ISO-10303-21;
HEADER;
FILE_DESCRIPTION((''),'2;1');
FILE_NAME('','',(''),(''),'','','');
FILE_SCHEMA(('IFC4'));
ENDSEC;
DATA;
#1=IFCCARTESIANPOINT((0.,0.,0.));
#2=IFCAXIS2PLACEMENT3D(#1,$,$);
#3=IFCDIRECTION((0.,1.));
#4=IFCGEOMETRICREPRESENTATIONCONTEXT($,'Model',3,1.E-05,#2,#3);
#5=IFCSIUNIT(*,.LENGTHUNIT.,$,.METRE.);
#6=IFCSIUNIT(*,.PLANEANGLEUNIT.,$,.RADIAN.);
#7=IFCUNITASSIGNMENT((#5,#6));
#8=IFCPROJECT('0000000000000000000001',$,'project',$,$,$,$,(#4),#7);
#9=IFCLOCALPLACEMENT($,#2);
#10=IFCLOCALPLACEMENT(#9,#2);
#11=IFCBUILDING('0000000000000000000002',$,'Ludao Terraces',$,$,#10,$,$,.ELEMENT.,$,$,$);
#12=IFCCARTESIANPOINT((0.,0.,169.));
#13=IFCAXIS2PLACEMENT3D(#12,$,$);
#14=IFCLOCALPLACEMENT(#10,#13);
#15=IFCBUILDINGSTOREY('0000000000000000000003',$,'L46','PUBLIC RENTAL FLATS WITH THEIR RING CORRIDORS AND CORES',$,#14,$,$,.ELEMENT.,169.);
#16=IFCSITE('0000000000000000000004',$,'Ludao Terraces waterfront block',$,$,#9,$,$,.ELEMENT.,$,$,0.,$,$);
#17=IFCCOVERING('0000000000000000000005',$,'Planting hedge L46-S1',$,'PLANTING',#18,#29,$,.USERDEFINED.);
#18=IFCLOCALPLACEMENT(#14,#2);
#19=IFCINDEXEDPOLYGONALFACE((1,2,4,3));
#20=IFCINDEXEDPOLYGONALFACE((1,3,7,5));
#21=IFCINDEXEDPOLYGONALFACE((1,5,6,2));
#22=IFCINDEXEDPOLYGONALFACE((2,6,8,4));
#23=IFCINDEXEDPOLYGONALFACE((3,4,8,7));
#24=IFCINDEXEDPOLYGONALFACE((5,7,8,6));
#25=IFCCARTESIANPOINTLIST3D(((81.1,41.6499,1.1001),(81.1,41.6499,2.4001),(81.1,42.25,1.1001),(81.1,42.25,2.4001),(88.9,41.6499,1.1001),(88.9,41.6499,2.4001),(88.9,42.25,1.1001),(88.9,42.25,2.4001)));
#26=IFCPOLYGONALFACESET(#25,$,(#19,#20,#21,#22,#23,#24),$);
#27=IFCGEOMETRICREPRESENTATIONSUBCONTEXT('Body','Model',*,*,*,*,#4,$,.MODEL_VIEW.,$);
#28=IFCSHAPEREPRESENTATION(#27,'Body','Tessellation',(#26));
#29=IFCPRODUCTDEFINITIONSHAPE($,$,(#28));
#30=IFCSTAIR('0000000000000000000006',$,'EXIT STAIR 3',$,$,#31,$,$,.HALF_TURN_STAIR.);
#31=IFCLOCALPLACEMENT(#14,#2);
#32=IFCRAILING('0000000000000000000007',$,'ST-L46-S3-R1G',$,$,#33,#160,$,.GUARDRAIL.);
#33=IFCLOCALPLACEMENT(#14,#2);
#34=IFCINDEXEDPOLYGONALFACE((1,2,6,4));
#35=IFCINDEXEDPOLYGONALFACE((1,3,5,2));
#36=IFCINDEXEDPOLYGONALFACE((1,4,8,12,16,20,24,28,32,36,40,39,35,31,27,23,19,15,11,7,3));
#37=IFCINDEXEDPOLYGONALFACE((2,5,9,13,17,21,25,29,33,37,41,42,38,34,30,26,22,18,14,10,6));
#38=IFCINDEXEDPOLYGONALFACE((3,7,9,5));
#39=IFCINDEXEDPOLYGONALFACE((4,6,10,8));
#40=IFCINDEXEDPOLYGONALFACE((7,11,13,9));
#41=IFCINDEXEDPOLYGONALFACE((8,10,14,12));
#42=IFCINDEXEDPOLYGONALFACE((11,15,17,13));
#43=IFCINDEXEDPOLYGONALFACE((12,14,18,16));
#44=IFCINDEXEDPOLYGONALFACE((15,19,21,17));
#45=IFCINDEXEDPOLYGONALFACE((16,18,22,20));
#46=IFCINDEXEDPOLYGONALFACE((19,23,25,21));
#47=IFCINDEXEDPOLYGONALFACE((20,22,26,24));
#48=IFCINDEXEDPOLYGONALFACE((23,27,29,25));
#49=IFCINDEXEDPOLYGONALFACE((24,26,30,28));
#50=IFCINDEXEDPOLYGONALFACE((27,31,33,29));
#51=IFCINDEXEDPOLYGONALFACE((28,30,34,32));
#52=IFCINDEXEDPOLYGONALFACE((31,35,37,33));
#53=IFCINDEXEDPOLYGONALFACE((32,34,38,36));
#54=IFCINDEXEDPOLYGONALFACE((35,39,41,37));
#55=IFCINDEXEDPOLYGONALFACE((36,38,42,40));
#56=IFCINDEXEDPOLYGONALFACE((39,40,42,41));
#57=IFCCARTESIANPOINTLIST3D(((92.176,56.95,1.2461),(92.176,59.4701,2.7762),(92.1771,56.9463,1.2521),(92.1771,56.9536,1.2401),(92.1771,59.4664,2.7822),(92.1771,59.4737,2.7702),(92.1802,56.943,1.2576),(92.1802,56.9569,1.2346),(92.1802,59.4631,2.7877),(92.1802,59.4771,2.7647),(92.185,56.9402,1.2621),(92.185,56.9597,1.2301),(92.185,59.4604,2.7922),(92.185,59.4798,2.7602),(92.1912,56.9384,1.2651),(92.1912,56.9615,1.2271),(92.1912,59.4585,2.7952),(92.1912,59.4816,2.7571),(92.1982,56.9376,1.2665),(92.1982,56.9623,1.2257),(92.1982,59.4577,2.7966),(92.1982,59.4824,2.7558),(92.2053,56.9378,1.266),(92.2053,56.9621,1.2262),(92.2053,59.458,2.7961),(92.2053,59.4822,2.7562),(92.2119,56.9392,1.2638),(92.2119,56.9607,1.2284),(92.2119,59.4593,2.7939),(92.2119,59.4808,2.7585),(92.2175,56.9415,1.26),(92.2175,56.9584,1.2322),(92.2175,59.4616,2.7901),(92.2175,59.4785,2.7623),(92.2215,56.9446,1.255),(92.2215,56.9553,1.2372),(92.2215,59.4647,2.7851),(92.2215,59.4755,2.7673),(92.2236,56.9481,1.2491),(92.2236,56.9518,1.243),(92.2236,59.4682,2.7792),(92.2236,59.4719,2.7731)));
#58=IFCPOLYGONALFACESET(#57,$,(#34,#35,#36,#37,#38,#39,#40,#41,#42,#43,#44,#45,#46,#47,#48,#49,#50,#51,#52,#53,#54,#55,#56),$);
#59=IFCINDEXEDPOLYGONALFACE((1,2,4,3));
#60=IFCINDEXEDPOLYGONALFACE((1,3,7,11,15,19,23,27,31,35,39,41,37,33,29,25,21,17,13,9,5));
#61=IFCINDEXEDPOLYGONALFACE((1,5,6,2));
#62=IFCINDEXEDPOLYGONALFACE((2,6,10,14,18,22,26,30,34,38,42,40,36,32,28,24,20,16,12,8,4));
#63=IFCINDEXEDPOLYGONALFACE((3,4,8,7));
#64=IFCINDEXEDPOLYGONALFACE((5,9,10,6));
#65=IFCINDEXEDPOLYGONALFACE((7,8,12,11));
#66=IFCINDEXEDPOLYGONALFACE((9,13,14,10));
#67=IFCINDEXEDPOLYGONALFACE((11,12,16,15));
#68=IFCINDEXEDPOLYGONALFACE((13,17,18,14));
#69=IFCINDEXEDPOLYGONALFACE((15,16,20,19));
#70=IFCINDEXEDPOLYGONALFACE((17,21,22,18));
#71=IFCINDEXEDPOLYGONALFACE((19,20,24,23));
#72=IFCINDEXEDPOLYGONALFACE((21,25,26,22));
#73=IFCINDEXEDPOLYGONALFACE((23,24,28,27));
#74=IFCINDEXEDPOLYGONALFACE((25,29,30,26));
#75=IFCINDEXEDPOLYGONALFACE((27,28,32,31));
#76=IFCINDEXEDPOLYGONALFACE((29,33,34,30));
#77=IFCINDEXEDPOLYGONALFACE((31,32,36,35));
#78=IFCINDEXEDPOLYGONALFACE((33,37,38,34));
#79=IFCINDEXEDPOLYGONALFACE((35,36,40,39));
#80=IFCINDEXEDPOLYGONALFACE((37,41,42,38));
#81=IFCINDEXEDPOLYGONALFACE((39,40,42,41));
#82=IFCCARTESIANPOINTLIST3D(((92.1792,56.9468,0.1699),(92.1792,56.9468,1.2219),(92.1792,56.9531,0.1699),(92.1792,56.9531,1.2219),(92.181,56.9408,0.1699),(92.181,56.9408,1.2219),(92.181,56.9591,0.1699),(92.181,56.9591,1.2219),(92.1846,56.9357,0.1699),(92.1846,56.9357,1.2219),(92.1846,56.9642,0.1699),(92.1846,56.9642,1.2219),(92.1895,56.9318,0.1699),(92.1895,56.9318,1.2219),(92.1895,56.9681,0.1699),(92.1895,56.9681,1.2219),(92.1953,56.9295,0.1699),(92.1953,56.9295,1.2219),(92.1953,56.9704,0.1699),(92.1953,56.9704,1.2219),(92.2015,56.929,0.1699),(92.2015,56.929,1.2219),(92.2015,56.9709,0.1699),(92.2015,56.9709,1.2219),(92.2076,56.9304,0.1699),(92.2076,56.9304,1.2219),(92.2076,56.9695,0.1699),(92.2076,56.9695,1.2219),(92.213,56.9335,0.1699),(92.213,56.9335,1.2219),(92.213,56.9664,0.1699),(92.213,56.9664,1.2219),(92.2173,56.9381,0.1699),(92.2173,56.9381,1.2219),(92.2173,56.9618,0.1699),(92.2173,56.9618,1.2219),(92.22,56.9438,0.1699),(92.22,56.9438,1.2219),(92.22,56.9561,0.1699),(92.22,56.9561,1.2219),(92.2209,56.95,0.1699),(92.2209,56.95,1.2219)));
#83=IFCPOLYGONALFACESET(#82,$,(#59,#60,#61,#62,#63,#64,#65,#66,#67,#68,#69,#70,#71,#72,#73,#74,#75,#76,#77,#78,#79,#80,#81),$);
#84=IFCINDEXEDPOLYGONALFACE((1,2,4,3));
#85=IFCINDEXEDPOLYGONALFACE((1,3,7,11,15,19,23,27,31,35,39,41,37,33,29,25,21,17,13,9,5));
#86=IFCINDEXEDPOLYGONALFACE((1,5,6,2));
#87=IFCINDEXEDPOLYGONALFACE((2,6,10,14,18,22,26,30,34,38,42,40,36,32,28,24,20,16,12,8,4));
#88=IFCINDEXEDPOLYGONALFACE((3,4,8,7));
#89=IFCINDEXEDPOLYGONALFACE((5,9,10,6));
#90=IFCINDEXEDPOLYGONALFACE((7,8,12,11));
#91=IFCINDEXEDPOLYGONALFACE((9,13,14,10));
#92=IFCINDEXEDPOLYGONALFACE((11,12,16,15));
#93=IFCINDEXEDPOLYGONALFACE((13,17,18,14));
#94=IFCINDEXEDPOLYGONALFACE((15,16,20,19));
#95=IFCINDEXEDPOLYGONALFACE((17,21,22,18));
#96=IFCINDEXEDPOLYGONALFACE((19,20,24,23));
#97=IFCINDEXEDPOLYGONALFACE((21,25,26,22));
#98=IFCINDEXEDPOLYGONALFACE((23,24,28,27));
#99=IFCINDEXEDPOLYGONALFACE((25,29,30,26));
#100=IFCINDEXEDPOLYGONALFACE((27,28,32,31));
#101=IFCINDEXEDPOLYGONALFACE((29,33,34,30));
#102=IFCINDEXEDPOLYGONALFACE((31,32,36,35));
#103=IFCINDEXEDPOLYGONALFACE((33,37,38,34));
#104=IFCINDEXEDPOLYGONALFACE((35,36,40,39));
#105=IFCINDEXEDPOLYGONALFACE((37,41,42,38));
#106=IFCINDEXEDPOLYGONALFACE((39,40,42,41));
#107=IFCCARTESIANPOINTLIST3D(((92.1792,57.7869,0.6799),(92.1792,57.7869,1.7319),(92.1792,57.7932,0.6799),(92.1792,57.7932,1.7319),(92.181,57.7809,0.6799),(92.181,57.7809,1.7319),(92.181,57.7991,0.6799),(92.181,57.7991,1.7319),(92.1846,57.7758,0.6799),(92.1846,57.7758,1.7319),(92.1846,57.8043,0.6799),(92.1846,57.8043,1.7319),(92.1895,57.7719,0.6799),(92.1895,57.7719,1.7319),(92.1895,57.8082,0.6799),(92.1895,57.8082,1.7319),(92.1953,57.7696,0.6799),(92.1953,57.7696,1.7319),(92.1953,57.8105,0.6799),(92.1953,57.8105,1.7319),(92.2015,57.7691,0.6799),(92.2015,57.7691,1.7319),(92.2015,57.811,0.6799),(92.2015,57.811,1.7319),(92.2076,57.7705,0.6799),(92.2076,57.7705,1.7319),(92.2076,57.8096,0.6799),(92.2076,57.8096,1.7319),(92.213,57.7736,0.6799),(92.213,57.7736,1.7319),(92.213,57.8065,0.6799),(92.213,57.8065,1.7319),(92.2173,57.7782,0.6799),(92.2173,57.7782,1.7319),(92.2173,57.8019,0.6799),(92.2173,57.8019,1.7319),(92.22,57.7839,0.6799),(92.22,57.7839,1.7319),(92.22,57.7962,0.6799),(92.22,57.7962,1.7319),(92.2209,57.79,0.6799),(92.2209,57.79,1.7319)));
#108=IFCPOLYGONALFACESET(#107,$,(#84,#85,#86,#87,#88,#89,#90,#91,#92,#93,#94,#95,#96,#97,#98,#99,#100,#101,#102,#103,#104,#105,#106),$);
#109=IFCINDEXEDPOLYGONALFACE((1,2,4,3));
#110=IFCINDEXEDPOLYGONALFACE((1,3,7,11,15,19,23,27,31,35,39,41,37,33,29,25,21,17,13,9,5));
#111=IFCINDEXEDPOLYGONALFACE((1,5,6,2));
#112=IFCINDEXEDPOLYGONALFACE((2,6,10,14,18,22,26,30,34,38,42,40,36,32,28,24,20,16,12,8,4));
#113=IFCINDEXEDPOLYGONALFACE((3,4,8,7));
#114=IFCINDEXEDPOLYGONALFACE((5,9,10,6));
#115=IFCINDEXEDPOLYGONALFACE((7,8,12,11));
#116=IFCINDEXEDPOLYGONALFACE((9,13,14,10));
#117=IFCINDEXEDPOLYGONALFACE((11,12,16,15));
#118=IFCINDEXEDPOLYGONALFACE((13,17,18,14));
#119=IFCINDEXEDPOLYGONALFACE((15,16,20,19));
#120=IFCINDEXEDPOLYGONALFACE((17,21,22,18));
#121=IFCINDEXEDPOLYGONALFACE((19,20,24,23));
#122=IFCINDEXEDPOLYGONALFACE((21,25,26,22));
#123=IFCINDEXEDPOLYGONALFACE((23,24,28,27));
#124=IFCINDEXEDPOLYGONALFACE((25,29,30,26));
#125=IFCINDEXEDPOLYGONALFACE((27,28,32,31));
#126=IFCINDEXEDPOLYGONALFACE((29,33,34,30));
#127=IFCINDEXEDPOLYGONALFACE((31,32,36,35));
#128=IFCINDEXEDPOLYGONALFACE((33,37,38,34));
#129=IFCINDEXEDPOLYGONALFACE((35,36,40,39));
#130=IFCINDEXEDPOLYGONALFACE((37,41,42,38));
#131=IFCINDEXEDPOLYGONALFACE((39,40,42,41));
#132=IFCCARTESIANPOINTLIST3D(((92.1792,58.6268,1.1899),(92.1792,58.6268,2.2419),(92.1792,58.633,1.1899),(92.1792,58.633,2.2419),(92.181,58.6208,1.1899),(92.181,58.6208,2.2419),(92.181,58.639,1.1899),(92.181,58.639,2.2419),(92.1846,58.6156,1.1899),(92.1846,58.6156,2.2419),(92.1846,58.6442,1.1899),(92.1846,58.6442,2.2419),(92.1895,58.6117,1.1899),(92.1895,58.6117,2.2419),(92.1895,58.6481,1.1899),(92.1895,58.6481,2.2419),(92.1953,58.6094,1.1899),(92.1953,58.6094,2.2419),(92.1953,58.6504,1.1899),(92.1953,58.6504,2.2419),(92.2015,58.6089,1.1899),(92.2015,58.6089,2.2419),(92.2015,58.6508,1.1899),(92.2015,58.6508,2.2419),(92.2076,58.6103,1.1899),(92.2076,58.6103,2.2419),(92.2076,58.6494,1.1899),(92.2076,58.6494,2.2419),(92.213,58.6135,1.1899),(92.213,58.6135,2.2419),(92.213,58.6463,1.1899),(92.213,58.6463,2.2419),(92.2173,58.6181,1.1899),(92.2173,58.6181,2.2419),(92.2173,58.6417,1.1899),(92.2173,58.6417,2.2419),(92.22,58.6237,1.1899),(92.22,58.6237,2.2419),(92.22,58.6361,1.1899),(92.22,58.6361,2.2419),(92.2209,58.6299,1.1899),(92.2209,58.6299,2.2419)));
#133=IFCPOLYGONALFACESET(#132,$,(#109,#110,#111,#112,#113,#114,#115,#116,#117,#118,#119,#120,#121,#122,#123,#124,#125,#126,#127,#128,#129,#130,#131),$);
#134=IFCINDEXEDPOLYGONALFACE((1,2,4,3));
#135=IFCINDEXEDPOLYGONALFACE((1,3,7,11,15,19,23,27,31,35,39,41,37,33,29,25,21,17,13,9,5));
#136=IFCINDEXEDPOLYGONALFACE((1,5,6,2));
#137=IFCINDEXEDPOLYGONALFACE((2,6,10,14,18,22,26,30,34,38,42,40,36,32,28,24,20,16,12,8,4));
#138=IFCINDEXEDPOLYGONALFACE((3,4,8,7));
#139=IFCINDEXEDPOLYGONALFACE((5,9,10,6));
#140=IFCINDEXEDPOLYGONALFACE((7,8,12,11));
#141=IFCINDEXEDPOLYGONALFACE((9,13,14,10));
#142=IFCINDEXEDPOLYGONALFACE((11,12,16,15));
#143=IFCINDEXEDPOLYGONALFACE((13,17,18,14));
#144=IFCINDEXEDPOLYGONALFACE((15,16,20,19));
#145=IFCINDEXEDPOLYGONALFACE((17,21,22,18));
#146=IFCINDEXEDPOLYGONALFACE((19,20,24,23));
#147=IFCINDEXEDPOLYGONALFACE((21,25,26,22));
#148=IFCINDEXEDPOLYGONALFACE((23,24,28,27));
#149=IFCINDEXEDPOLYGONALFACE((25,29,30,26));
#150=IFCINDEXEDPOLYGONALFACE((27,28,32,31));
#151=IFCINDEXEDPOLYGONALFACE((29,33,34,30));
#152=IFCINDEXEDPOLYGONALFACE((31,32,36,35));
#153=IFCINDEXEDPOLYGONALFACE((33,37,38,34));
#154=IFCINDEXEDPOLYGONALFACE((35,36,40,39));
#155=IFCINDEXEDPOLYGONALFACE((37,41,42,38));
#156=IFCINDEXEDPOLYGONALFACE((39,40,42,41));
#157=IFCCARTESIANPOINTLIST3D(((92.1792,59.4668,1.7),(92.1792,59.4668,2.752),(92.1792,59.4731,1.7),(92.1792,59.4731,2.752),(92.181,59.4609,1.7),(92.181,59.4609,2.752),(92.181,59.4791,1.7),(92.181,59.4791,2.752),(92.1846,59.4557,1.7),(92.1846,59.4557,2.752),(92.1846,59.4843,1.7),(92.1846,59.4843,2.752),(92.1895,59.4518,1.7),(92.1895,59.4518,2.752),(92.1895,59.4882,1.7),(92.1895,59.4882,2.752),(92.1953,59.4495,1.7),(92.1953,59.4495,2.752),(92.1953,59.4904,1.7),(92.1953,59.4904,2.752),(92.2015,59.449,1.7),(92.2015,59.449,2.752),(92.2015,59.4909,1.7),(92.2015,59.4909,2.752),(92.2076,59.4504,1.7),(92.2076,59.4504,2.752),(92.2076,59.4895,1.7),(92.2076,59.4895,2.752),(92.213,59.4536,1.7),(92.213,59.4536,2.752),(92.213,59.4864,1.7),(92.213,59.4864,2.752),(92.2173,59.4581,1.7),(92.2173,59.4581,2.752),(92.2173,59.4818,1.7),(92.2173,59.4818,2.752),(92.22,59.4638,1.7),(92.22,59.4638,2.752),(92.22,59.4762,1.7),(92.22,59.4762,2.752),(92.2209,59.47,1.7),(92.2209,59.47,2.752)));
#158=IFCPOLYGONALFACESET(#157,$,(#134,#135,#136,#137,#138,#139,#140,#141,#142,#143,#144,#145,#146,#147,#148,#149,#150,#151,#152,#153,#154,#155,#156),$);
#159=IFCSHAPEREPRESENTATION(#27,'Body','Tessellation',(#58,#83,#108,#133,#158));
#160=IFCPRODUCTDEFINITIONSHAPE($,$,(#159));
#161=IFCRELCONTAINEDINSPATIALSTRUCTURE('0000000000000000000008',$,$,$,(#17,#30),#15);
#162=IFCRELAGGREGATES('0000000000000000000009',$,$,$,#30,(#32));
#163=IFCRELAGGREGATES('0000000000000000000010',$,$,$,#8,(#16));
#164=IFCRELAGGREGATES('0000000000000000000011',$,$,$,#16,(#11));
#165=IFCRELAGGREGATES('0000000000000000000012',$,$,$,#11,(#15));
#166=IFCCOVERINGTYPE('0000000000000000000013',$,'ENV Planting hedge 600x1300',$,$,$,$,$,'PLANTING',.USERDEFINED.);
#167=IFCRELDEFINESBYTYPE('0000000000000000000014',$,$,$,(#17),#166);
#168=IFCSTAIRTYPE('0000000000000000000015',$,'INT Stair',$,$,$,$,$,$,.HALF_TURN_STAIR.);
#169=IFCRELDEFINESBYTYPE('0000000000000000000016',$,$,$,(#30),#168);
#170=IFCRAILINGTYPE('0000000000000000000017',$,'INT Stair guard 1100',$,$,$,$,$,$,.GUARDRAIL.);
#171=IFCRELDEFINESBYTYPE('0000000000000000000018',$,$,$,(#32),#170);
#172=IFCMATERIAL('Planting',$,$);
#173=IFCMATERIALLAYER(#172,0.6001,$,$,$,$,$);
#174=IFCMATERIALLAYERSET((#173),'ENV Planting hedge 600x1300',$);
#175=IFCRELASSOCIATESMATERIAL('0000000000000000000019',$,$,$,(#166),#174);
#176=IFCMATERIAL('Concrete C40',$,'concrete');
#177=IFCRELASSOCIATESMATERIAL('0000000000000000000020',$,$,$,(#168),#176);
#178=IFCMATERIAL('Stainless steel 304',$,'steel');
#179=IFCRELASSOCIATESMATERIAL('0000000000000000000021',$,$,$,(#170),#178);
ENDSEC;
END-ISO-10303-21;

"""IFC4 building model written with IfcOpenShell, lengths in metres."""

from ifc_helpers import new_model, si_unit, direction, frame, origin, origin_2d, place, context, subcontext, project, spatial, rectangle, circle, extrude, material, layer, layer_set, type_object, element, aggregate, save


model = new_model("IFC4")

# Units and contexts
model_context = context("Model", 3, precision=1e-05, world=origin(), true_north=direction((0.0, 1.0)))
body_context = subcontext(model_context, "Body", "Model", "MODEL_VIEW")
ifc_project = project(units=[si_unit("LENGTHUNIT", "METRE"), si_unit("PLANEANGLEUNIT", "RADIAN")], contexts=[model_context])

# Site, building, storey
site_placement = place(None, origin())
site = spatial("IfcSite", under=ifc_project, at=site_placement, Name="Ludao Terraces waterfront block", CompositionType="ELEMENT", RefElevation=0.0)
building_placement = place(site_placement, origin())
building = spatial("IfcBuilding", under=site, at=building_placement, Name="Ludao Terraces", CompositionType="ELEMENT")
storey_placement = place(building_placement, frame((0.0, 0.0, 169.0)))
storey = spatial("IfcBuildingStorey", under=building, at=storey_placement, Name="L46", Description="PUBLIC RENTAL FLATS WITH THEIR RING CORRIDORS AND CORES", CompositionType="ELEMENT", Elevation=169.0)

# Shared definitions
ifc_material_1 = material(Name="Concrete C40", Category="concrete")

# Covering
ifc_material_2 = material(Name="Planting")
ifc_layer_1 = layer(ifc_material_2, 0.6001)
ifc_layer_set_1 = layer_set([ifc_layer_1], Name="ENV Planting hedge 600x1300")
covering_type = type_object("IfcCoveringType", Name="ENV Planting hedge 600x1300", ElementType="PLANTING", PredefinedType="USERDEFINED", material=ifc_layer_set_1)
covering_placement = place(storey_placement, frame((85.0, 41.95, 1.1001), z_axis=(0.0, 0.0, 1.0), x_axis=(1.0, 0.0, 0.0)))
element("IfcCovering", 1, at=covering_placement, inside=storey, type_object=covering_type, Name="Planting hedge L46-S1", ObjectType="PLANTING", PredefinedType="USERDEFINED", context=body_context, shape_type="SweptSolid", body=[
    extrude(rectangle(XDim=7.8, YDim=0.6001, at=origin_2d()), origin(), (0.0, 0.0, 1.0), 1.3),
])

# Stair, railing
stair_type = type_object("IfcStairType", Name="INT Stair", PredefinedType="HALF_TURN_STAIR", material=ifc_material_1)
stair_placement = place(storey_placement, origin())
stair = element("IfcStair", 2, at=stair_placement, inside=storey, type_object=stair_type, Name="EXIT STAIR 3", PredefinedType="HALF_TURN_STAIR")
ifc_material_3 = material(Name="Stainless steel 304", Category="steel")
railing_type_1 = type_object("IfcRailingType", Name="INT Stair guard 1100", PredefinedType="GUARDRAIL", material=ifc_material_3)
railing_1_placement = place(storey_placement, frame((92.2, 56.95, 0.1699)))
railing_1 = element("IfcRailing", 3, at=railing_1_placement, type_object=railing_type_1, Name="ST-L46-S3-R1G", PredefinedType="GUARDRAIL", context=body_context, shape_type="SweptSolid", body=[
    extrude(circle(Radius=0.0239, at=origin_2d()), frame((0.0, 0.0, 1.0762), z_axis=(0.0, 0.854785, 0.518982), x_axis=(-1.0, 0.0, 0.0)), (0.0, 0.0, 1.0), 2.9482),
    extrude(circle(Radius=0.021, at=origin_2d()), origin(), (0.0, 0.0, 1.0), 1.052),
    extrude(circle(Radius=0.021, at=origin_2d()), frame((0.0, 0.8401, 0.51)), (0.0, 0.0, 1.0), 1.052),
    extrude(circle(Radius=0.021, at=origin_2d()), frame((0.0, 1.6799, 1.02)), (0.0, 0.0, 1.0), 1.052),
    extrude(circle(Radius=0.021, at=origin_2d()), frame((0.0, 2.52, 1.53)), (0.0, 0.0, 1.0), 1.052),
])
aggregate(stair, [railing_1])

save(model, "model.ifc")
